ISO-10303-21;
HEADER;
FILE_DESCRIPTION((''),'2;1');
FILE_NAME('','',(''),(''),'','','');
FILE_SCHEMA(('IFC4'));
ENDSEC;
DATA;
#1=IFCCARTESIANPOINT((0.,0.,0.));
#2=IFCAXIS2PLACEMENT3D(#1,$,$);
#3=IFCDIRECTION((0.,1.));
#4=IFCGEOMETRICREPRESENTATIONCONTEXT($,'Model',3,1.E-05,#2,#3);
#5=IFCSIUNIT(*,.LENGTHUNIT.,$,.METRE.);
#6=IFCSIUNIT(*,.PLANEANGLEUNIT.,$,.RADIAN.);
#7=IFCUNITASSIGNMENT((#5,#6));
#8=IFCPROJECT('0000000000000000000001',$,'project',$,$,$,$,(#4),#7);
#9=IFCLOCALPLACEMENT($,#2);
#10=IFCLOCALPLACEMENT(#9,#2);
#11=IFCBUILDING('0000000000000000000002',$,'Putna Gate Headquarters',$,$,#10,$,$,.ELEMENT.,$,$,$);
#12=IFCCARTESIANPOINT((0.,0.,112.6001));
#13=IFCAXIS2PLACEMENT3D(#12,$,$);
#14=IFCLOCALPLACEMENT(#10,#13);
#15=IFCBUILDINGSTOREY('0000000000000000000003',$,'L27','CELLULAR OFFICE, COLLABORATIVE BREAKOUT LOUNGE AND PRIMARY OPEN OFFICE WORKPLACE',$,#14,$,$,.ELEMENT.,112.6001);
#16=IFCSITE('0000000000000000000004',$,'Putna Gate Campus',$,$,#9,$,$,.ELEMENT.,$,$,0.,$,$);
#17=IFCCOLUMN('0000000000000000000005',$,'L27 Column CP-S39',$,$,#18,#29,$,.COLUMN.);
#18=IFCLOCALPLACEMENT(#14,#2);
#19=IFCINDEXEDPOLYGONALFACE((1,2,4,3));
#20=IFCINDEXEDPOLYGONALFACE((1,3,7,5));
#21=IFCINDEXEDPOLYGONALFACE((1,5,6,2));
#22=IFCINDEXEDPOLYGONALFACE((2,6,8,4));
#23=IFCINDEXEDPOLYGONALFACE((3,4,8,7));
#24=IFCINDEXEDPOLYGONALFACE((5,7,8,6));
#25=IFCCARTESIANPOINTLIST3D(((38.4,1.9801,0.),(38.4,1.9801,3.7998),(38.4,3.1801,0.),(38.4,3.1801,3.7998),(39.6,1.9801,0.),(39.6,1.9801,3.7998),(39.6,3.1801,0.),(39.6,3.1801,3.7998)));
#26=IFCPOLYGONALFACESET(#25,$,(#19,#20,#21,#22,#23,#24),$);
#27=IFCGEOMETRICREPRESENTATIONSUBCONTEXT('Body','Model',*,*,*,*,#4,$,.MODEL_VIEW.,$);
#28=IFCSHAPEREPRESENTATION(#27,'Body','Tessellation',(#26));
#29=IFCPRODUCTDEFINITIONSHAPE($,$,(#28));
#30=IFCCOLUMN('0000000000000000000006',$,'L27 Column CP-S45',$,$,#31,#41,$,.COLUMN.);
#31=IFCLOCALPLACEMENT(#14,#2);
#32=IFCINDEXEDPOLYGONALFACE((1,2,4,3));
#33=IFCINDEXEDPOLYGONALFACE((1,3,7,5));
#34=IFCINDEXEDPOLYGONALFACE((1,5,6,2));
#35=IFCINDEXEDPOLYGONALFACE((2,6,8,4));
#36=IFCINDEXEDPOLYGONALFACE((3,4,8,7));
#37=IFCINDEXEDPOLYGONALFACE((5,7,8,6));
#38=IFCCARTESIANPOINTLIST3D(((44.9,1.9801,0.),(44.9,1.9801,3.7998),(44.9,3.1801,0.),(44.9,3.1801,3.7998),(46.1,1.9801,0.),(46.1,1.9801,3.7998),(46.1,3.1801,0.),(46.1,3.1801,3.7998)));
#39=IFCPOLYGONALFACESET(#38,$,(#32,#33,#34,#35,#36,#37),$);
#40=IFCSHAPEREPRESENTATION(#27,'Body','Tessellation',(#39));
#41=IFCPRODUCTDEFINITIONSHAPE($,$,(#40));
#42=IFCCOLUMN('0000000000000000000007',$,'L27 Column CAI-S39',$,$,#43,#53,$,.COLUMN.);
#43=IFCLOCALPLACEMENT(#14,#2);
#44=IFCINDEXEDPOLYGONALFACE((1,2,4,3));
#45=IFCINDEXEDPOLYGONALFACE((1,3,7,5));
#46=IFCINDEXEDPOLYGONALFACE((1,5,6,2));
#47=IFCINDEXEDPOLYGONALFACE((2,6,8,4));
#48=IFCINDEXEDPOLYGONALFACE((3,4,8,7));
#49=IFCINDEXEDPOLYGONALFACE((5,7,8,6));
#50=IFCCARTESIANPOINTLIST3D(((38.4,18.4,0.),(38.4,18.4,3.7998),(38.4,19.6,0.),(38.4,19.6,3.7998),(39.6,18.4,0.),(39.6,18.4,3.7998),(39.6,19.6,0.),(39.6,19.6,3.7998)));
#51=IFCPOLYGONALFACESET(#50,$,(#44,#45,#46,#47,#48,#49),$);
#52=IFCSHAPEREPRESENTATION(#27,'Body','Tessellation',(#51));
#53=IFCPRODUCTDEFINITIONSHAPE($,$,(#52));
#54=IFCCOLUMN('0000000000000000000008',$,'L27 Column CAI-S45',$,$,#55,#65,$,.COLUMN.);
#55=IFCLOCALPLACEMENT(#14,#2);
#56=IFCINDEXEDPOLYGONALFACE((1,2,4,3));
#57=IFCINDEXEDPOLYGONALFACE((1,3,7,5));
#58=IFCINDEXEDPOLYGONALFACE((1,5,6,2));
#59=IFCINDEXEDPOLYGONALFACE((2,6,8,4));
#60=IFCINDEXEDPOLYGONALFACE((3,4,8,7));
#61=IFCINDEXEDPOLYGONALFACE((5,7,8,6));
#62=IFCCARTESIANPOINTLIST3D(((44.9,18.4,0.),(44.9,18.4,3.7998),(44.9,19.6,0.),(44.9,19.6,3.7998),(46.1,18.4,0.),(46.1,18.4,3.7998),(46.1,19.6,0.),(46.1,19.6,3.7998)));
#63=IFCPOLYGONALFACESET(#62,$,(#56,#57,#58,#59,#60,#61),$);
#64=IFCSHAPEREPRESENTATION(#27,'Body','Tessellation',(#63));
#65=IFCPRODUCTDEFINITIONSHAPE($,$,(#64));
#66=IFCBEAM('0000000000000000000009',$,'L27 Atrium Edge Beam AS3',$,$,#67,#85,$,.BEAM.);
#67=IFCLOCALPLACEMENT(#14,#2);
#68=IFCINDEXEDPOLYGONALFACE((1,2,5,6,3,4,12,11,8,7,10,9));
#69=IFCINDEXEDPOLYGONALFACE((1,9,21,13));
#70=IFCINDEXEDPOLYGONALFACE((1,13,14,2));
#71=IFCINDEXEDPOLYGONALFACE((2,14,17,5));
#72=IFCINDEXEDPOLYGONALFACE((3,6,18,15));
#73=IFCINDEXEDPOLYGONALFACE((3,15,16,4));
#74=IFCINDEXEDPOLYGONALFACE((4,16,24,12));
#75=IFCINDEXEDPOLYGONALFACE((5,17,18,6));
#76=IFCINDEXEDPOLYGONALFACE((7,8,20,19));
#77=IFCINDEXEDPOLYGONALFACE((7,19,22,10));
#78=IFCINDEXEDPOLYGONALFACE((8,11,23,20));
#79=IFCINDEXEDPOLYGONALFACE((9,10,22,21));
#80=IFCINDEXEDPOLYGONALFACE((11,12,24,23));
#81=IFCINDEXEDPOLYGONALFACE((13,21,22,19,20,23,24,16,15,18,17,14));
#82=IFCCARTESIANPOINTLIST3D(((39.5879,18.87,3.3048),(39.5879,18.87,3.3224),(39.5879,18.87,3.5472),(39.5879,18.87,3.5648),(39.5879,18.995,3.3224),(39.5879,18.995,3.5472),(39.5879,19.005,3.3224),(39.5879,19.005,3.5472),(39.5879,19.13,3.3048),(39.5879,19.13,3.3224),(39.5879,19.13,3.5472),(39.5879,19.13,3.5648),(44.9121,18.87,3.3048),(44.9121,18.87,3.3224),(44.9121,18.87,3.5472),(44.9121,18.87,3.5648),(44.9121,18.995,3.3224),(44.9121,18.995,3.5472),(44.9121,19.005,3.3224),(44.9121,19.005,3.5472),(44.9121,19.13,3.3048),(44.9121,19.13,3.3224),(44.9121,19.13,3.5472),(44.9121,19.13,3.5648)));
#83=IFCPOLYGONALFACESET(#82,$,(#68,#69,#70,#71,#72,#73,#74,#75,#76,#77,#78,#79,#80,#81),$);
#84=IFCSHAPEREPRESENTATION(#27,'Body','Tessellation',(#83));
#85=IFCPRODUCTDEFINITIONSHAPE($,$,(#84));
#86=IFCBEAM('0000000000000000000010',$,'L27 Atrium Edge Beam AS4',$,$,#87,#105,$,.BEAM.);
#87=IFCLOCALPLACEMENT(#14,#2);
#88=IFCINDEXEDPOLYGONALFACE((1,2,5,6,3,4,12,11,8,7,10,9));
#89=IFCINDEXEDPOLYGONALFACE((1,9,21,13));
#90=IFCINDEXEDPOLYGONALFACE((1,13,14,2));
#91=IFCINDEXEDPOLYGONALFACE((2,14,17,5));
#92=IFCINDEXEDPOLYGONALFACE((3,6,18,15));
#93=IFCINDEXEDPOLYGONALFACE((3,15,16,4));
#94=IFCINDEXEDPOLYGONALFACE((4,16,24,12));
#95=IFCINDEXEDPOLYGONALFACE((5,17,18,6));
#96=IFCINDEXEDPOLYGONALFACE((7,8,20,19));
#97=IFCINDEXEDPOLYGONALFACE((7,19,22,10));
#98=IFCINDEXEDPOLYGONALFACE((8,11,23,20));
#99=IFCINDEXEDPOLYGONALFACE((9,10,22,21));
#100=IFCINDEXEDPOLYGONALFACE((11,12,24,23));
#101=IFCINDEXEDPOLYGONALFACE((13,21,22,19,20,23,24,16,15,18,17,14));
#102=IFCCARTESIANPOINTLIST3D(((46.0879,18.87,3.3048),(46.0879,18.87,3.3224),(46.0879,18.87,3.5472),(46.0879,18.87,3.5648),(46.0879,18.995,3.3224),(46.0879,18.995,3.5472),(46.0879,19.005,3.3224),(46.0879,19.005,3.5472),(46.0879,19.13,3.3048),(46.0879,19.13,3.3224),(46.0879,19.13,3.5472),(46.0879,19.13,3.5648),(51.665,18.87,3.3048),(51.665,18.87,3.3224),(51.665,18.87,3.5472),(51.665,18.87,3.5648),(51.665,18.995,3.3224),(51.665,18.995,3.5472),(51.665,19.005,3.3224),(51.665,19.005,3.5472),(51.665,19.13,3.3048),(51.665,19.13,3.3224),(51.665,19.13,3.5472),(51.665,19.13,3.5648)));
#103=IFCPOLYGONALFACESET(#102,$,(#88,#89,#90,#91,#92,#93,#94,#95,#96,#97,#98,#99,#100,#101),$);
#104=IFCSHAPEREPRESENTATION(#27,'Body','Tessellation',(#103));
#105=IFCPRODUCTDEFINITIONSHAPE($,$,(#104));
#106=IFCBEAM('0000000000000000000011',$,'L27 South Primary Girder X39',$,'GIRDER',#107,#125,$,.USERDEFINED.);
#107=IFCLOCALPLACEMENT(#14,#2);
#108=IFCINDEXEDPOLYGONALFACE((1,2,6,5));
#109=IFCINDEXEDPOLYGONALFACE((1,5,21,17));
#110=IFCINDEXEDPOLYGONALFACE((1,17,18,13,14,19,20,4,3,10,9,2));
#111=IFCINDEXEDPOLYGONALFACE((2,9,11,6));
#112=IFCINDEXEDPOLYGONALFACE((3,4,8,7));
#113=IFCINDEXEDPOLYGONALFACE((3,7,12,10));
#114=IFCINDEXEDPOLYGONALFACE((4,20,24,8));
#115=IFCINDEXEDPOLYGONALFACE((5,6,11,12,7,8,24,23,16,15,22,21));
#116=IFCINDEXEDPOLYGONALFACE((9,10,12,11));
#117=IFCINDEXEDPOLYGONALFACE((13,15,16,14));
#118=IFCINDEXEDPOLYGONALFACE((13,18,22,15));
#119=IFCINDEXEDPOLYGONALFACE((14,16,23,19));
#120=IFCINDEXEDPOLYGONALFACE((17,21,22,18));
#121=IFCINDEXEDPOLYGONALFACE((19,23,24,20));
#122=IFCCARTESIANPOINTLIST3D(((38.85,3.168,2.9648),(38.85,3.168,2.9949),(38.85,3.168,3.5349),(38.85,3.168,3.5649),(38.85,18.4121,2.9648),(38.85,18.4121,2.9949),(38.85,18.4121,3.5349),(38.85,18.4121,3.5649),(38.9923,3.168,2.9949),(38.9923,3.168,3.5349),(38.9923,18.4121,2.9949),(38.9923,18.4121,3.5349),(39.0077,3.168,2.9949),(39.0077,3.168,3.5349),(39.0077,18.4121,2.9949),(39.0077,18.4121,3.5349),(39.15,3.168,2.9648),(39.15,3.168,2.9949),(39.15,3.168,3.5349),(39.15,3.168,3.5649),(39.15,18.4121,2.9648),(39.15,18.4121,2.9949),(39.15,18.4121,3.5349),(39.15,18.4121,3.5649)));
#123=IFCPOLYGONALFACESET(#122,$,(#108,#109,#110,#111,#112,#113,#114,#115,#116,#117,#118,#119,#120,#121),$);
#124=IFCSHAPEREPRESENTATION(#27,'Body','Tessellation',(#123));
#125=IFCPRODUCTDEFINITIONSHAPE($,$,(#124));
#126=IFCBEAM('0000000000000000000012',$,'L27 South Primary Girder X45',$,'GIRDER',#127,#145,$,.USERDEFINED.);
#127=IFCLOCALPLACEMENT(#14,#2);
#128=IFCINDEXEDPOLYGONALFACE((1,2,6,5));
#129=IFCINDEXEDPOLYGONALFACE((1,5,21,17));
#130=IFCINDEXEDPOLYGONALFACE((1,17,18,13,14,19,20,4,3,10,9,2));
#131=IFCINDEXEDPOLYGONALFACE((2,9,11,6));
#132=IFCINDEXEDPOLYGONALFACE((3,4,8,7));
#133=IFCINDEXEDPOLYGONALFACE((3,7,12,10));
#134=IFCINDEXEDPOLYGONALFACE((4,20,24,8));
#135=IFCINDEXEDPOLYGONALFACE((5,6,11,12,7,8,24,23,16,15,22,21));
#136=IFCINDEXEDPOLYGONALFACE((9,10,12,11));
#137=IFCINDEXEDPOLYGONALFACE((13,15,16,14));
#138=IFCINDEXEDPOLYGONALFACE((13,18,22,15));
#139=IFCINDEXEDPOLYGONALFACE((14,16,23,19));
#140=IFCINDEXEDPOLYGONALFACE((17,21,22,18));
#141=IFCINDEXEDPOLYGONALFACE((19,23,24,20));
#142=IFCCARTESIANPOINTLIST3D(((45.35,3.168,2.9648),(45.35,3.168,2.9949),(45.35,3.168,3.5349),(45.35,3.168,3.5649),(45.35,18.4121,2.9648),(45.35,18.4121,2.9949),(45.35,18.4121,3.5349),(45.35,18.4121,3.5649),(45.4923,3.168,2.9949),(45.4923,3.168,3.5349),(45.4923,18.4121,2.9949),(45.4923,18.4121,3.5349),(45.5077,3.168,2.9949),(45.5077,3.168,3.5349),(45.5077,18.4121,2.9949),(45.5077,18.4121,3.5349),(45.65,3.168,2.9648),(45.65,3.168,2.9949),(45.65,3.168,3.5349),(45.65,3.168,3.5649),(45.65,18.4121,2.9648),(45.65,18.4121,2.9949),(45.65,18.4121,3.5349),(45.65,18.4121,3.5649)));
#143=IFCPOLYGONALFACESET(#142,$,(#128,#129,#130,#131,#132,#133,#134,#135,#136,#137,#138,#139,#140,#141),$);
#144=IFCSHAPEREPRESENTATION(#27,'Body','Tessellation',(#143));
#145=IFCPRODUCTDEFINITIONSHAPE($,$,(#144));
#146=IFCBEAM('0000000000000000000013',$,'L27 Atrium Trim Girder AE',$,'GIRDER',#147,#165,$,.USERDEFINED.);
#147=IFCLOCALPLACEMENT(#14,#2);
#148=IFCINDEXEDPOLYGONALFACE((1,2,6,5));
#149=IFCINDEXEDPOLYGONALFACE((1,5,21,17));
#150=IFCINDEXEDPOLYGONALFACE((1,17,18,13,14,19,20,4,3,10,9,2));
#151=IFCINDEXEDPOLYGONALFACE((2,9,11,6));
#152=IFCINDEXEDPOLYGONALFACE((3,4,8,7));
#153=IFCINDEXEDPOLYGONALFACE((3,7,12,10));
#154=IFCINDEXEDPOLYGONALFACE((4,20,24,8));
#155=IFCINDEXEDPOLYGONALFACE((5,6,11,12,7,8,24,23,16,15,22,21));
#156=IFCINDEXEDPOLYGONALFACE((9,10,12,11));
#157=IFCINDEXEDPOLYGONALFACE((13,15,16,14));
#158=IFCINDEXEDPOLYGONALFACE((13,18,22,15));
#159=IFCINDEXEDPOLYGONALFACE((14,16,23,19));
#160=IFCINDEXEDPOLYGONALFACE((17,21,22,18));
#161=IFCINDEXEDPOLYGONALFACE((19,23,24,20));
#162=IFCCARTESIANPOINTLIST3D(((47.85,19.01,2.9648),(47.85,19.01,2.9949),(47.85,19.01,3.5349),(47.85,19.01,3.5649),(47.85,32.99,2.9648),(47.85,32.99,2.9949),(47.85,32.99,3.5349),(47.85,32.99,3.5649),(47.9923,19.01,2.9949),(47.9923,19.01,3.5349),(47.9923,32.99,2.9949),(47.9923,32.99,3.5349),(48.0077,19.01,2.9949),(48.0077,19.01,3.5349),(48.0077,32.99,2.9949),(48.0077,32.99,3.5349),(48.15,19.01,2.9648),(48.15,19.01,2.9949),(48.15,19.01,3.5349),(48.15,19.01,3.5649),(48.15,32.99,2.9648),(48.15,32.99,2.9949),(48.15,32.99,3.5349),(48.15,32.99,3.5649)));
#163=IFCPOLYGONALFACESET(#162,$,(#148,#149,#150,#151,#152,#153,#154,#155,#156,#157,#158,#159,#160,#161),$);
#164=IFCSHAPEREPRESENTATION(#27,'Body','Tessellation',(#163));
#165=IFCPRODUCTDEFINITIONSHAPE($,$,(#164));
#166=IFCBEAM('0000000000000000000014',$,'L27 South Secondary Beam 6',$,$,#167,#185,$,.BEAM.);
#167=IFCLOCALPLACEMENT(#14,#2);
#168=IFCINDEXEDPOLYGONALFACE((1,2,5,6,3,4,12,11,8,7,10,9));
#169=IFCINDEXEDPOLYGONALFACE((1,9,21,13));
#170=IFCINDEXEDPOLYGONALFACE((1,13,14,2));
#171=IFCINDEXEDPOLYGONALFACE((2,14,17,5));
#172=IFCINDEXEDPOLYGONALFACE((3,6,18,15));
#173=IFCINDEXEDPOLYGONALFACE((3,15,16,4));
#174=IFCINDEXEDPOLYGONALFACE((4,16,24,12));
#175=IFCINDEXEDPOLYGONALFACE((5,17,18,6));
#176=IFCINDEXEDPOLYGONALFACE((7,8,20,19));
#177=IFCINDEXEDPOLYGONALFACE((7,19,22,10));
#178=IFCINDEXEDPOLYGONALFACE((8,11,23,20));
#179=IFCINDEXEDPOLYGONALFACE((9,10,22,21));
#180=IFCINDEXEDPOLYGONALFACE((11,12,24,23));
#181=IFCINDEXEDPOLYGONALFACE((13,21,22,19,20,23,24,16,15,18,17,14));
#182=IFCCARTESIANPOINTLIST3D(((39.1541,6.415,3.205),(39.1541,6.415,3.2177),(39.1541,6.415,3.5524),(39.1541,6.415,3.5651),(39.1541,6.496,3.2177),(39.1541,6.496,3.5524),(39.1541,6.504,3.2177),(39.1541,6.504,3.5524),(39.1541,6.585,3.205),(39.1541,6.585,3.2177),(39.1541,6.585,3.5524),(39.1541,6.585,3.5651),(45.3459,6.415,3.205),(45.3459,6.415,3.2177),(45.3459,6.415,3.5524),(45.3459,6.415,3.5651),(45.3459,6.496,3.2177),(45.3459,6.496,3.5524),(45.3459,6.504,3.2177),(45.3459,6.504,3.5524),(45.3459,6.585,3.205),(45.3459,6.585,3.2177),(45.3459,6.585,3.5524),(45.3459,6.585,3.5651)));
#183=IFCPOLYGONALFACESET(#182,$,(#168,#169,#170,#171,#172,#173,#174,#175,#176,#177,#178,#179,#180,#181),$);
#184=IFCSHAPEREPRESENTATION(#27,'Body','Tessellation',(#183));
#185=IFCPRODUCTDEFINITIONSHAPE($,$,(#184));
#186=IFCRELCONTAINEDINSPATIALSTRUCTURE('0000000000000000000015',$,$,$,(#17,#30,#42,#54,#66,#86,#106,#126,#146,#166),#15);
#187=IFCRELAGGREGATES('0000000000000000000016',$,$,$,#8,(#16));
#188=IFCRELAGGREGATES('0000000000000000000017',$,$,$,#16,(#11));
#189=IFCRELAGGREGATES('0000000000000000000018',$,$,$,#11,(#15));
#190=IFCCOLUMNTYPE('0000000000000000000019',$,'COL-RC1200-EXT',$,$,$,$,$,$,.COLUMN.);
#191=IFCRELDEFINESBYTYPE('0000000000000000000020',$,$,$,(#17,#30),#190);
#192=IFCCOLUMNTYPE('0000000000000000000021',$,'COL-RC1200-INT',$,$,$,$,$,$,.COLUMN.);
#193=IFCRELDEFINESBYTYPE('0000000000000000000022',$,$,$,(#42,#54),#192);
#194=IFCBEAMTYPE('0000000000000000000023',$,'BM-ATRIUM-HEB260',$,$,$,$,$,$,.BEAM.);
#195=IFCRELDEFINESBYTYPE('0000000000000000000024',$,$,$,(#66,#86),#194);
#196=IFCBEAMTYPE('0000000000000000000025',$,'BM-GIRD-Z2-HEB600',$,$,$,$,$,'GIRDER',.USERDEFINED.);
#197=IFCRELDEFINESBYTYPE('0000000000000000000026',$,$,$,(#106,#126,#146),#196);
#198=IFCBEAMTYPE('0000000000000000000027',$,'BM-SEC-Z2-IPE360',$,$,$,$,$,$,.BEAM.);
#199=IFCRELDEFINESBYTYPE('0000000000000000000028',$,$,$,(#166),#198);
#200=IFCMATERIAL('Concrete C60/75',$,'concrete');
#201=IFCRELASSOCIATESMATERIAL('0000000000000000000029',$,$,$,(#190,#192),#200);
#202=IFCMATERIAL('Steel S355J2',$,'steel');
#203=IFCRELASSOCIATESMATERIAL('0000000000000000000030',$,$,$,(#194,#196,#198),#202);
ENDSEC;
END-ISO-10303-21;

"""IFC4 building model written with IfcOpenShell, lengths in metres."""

from ifc_helpers import new_model, si_unit, direction, frame, origin, origin_2d, place, context, subcontext, project, spatial, rectangle, i_section, extrude, material, material_profile, profile_set, type_object, element, save


model = new_model("IFC4")

# Units and contexts
model_context = context("Model", 3, precision=1e-05, world=origin(), true_north=direction((0.0, 1.0)))
body_context = subcontext(model_context, "Body", "Model", "MODEL_VIEW")
ifc_project = project(units=[si_unit("LENGTHUNIT", "METRE"), si_unit("PLANEANGLEUNIT", "RADIAN")], contexts=[model_context])

# Site, building, storey
site_placement = place(None, origin())
site = spatial("IfcSite", under=ifc_project, at=site_placement, Name="Putna Gate Campus", CompositionType="ELEMENT", RefElevation=0.0)
building_placement = place(site_placement, origin())
building = spatial("IfcBuilding", under=site, at=building_placement, Name="Putna Gate Headquarters", CompositionType="ELEMENT")
storey_placement = place(building_placement, frame((0.0, 0.0, 112.6001)))
storey = spatial("IfcBuildingStorey", under=building, at=storey_placement, Name="L27", Description="CELLULAR OFFICE, COLLABORATIVE BREAKOUT LOUNGE AND PRIMARY OPEN OFFICE WORKPLACE", CompositionType="ELEMENT", Elevation=112.6001)

# Columns
ifc_material_1 = material(Name="Concrete C60/75", Category="concrete")
ifc_material_profile_1 = material_profile(ifc_material_1, rectangle(XDim=1.2, YDim=1.2, at=origin_2d()), Name="Concrete C60/75")
ifc_profile_set_1 = profile_set([ifc_material_profile_1], Name="Concrete C60/75")
column_type_1 = type_object("IfcColumnType", Name="COL-RC1200-EXT", PredefinedType="COLUMN", material=ifc_profile_set_1)
for number, where, z_axis, x_axis, name in (
    (1, (39.0, 2.5801, 0.0), (0.0, 0.0, 1.0), (1.0, 0.0, 0.0), "L27 Column CP-S39"),
    (2, (45.5, 2.5801, 0.0), (0.0, 0.0, 1.0), (1.0, 0.0, 0.0), "L27 Column CP-S45"),
):
    element("IfcColumn", number, at=place(storey_placement, frame(where, z_axis=z_axis, x_axis=x_axis)), inside=storey, type_object=column_type_1, Name=name, PredefinedType="COLUMN", context=body_context, shape_type="SweptSolid", body=[
        extrude(rectangle(XDim=1.2, YDim=1.2, at=origin_2d()), origin(), (0.0, 0.0, 1.0), 3.7998),
    ])
ifc_material_profile_2 = material_profile(ifc_material_1, rectangle(XDim=1.2, YDim=1.2, at=origin_2d()), Name="Concrete C60/75")
ifc_profile_set_2 = profile_set([ifc_material_profile_2], Name="Concrete C60/75")
column_type_2 = type_object("IfcColumnType", Name="COL-RC1200-INT", PredefinedType="COLUMN", material=ifc_profile_set_2)
for number, where, z_axis, x_axis, name in (
    (3, (39.0, 19.0, 0.0), (0.0, 0.0, 1.0), (1.0, 0.0, 0.0), "L27 Column CAI-S39"),
    (4, (45.5, 19.0, 0.0), (0.0, 0.0, 1.0), (1.0, 0.0, 0.0), "L27 Column CAI-S45"),
):
    element("IfcColumn", number, at=place(storey_placement, frame(where, z_axis=z_axis, x_axis=x_axis)), inside=storey, type_object=column_type_2, Name=name, PredefinedType="COLUMN", context=body_context, shape_type="SweptSolid", body=[
        extrude(rectangle(XDim=1.2, YDim=1.2, at=origin_2d()), origin(), (0.0, 0.0, 1.0), 3.7998),
    ])

# Beams
ifc_material_2 = material(Name="Steel S355J2", Category="steel")
ifc_material_profile_3 = material_profile(ifc_material_2, i_section(OverallWidth=0.26, OverallDepth=0.26, WebThickness=0.01, FlangeThickness=0.0176, at=origin_2d()), Name="Steel S355J2")
ifc_profile_set_3 = profile_set([ifc_material_profile_3], Name="Steel S355J2")
beam_type_1 = type_object("IfcBeamType", Name="BM-ATRIUM-HEB260", PredefinedType="BEAM", material=ifc_profile_set_3)
beam_1_placement = place(storey_placement, frame((39.5879, 19.0, 3.4348), z_axis=(1.0, 0.0, 0.0), x_axis=(0.0, 1.0, 0.0)))
element("IfcBeam", 5, at=beam_1_placement, inside=storey, type_object=beam_type_1, Name="L27 Atrium Edge Beam AS3", PredefinedType="BEAM", context=body_context, shape_type="SweptSolid", body=[
    extrude(i_section(OverallWidth=0.26, OverallDepth=0.26, WebThickness=0.01, FlangeThickness=0.0176, at=origin_2d()), origin(), (0.0, 0.0, 1.0), 5.3242),
])
beam_2_placement = place(storey_placement, frame((46.0879, 19.0, 3.4348), z_axis=(1.0, 0.0, 0.0), x_axis=(0.0, 1.0, 0.0)))
element("IfcBeam", 6, at=beam_2_placement, inside=storey, type_object=beam_type_1, Name="L27 Atrium Edge Beam AS4", PredefinedType="BEAM", context=body_context, shape_type="SweptSolid", body=[
    extrude(i_section(OverallWidth=0.26, OverallDepth=0.26, WebThickness=0.01, FlangeThickness=0.0176, at=origin_2d()), origin(), (0.0, 0.0, 1.0), 5.5771),
])
ifc_material_profile_4 = material_profile(ifc_material_2, i_section(OverallWidth=0.3, OverallDepth=0.6001, WebThickness=0.0154, FlangeThickness=0.03, at=origin_2d()), Name="Steel S355J2")
ifc_profile_set_4 = profile_set([ifc_material_profile_4], Name="Steel S355J2")
beam_type_2 = type_object("IfcBeamType", Name="BM-GIRD-Z2-HEB600", ElementType="GIRDER", PredefinedType="USERDEFINED", material=ifc_profile_set_4)
for number, where, z_axis, x_axis, name in (
    (7, (39.0, 3.168, 3.2649), (0.0, 1.0, 0.0), (-1.0, 0.0, 0.0), "L27 South Primary Girder X39"),
    (8, (45.5, 3.168, 3.2649), (0.0, 1.0, 0.0), (-1.0, 0.0, 0.0), "L27 South Primary Girder X45"),
):
    element("IfcBeam", number, at=place(storey_placement, frame(where, z_axis=z_axis, x_axis=x_axis)), inside=storey, type_object=beam_type_2, Name=name, ObjectType="GIRDER", PredefinedType="USERDEFINED", context=body_context, shape_type="SweptSolid", body=[
        extrude(i_section(OverallWidth=0.3, OverallDepth=0.6001, WebThickness=0.0154, FlangeThickness=0.03, at=origin_2d()), origin(), (0.0, 0.0, 1.0), 15.2441),
    ])
beam_3_placement = place(storey_placement, frame((48.0, 19.01, 3.2649), z_axis=(0.0, 1.0, 0.0), x_axis=(-1.0, 0.0, 0.0)))
element("IfcBeam", 9, at=beam_3_placement, inside=storey, type_object=beam_type_2, Name="L27 Atrium Trim Girder AE", ObjectType="GIRDER", PredefinedType="USERDEFINED", context=body_context, shape_type="SweptSolid", body=[
    extrude(i_section(OverallWidth=0.3, OverallDepth=0.6001, WebThickness=0.0154, FlangeThickness=0.03, at=origin_2d()), origin(), (0.0, 0.0, 1.0), 13.98),
])
ifc_material_profile_5 = material_profile(ifc_material_2, i_section(OverallWidth=0.1699, OverallDepth=0.3601, WebThickness=0.0081, FlangeThickness=0.0127, at=origin_2d()), Name="Steel S355J2")
ifc_profile_set_5 = profile_set([ifc_material_profile_5], Name="Steel S355J2")
beam_type_3 = type_object("IfcBeamType", Name="BM-SEC-Z2-IPE360", PredefinedType="BEAM", material=ifc_profile_set_5)
for number, where, z_axis, x_axis, name in (
    (10, (39.1541, 6.5, 3.385), (1.0, 0.0, 0.0), (0.0, 1.0, 0.0), "L27 South Secondary Beam 6"),
):
    element("IfcBeam", number, at=place(storey_placement, frame(where, z_axis=z_axis, x_axis=x_axis)), inside=storey, type_object=beam_type_3, Name=name, PredefinedType="BEAM", context=body_context, shape_type="SweptSolid", body=[
        extrude(i_section(OverallWidth=0.1699, OverallDepth=0.3601, WebThickness=0.0081, FlangeThickness=0.0127, at=origin_2d()), origin(), (0.0, 0.0, 1.0), 6.1919),
    ])

save(model, "model.ifc")
